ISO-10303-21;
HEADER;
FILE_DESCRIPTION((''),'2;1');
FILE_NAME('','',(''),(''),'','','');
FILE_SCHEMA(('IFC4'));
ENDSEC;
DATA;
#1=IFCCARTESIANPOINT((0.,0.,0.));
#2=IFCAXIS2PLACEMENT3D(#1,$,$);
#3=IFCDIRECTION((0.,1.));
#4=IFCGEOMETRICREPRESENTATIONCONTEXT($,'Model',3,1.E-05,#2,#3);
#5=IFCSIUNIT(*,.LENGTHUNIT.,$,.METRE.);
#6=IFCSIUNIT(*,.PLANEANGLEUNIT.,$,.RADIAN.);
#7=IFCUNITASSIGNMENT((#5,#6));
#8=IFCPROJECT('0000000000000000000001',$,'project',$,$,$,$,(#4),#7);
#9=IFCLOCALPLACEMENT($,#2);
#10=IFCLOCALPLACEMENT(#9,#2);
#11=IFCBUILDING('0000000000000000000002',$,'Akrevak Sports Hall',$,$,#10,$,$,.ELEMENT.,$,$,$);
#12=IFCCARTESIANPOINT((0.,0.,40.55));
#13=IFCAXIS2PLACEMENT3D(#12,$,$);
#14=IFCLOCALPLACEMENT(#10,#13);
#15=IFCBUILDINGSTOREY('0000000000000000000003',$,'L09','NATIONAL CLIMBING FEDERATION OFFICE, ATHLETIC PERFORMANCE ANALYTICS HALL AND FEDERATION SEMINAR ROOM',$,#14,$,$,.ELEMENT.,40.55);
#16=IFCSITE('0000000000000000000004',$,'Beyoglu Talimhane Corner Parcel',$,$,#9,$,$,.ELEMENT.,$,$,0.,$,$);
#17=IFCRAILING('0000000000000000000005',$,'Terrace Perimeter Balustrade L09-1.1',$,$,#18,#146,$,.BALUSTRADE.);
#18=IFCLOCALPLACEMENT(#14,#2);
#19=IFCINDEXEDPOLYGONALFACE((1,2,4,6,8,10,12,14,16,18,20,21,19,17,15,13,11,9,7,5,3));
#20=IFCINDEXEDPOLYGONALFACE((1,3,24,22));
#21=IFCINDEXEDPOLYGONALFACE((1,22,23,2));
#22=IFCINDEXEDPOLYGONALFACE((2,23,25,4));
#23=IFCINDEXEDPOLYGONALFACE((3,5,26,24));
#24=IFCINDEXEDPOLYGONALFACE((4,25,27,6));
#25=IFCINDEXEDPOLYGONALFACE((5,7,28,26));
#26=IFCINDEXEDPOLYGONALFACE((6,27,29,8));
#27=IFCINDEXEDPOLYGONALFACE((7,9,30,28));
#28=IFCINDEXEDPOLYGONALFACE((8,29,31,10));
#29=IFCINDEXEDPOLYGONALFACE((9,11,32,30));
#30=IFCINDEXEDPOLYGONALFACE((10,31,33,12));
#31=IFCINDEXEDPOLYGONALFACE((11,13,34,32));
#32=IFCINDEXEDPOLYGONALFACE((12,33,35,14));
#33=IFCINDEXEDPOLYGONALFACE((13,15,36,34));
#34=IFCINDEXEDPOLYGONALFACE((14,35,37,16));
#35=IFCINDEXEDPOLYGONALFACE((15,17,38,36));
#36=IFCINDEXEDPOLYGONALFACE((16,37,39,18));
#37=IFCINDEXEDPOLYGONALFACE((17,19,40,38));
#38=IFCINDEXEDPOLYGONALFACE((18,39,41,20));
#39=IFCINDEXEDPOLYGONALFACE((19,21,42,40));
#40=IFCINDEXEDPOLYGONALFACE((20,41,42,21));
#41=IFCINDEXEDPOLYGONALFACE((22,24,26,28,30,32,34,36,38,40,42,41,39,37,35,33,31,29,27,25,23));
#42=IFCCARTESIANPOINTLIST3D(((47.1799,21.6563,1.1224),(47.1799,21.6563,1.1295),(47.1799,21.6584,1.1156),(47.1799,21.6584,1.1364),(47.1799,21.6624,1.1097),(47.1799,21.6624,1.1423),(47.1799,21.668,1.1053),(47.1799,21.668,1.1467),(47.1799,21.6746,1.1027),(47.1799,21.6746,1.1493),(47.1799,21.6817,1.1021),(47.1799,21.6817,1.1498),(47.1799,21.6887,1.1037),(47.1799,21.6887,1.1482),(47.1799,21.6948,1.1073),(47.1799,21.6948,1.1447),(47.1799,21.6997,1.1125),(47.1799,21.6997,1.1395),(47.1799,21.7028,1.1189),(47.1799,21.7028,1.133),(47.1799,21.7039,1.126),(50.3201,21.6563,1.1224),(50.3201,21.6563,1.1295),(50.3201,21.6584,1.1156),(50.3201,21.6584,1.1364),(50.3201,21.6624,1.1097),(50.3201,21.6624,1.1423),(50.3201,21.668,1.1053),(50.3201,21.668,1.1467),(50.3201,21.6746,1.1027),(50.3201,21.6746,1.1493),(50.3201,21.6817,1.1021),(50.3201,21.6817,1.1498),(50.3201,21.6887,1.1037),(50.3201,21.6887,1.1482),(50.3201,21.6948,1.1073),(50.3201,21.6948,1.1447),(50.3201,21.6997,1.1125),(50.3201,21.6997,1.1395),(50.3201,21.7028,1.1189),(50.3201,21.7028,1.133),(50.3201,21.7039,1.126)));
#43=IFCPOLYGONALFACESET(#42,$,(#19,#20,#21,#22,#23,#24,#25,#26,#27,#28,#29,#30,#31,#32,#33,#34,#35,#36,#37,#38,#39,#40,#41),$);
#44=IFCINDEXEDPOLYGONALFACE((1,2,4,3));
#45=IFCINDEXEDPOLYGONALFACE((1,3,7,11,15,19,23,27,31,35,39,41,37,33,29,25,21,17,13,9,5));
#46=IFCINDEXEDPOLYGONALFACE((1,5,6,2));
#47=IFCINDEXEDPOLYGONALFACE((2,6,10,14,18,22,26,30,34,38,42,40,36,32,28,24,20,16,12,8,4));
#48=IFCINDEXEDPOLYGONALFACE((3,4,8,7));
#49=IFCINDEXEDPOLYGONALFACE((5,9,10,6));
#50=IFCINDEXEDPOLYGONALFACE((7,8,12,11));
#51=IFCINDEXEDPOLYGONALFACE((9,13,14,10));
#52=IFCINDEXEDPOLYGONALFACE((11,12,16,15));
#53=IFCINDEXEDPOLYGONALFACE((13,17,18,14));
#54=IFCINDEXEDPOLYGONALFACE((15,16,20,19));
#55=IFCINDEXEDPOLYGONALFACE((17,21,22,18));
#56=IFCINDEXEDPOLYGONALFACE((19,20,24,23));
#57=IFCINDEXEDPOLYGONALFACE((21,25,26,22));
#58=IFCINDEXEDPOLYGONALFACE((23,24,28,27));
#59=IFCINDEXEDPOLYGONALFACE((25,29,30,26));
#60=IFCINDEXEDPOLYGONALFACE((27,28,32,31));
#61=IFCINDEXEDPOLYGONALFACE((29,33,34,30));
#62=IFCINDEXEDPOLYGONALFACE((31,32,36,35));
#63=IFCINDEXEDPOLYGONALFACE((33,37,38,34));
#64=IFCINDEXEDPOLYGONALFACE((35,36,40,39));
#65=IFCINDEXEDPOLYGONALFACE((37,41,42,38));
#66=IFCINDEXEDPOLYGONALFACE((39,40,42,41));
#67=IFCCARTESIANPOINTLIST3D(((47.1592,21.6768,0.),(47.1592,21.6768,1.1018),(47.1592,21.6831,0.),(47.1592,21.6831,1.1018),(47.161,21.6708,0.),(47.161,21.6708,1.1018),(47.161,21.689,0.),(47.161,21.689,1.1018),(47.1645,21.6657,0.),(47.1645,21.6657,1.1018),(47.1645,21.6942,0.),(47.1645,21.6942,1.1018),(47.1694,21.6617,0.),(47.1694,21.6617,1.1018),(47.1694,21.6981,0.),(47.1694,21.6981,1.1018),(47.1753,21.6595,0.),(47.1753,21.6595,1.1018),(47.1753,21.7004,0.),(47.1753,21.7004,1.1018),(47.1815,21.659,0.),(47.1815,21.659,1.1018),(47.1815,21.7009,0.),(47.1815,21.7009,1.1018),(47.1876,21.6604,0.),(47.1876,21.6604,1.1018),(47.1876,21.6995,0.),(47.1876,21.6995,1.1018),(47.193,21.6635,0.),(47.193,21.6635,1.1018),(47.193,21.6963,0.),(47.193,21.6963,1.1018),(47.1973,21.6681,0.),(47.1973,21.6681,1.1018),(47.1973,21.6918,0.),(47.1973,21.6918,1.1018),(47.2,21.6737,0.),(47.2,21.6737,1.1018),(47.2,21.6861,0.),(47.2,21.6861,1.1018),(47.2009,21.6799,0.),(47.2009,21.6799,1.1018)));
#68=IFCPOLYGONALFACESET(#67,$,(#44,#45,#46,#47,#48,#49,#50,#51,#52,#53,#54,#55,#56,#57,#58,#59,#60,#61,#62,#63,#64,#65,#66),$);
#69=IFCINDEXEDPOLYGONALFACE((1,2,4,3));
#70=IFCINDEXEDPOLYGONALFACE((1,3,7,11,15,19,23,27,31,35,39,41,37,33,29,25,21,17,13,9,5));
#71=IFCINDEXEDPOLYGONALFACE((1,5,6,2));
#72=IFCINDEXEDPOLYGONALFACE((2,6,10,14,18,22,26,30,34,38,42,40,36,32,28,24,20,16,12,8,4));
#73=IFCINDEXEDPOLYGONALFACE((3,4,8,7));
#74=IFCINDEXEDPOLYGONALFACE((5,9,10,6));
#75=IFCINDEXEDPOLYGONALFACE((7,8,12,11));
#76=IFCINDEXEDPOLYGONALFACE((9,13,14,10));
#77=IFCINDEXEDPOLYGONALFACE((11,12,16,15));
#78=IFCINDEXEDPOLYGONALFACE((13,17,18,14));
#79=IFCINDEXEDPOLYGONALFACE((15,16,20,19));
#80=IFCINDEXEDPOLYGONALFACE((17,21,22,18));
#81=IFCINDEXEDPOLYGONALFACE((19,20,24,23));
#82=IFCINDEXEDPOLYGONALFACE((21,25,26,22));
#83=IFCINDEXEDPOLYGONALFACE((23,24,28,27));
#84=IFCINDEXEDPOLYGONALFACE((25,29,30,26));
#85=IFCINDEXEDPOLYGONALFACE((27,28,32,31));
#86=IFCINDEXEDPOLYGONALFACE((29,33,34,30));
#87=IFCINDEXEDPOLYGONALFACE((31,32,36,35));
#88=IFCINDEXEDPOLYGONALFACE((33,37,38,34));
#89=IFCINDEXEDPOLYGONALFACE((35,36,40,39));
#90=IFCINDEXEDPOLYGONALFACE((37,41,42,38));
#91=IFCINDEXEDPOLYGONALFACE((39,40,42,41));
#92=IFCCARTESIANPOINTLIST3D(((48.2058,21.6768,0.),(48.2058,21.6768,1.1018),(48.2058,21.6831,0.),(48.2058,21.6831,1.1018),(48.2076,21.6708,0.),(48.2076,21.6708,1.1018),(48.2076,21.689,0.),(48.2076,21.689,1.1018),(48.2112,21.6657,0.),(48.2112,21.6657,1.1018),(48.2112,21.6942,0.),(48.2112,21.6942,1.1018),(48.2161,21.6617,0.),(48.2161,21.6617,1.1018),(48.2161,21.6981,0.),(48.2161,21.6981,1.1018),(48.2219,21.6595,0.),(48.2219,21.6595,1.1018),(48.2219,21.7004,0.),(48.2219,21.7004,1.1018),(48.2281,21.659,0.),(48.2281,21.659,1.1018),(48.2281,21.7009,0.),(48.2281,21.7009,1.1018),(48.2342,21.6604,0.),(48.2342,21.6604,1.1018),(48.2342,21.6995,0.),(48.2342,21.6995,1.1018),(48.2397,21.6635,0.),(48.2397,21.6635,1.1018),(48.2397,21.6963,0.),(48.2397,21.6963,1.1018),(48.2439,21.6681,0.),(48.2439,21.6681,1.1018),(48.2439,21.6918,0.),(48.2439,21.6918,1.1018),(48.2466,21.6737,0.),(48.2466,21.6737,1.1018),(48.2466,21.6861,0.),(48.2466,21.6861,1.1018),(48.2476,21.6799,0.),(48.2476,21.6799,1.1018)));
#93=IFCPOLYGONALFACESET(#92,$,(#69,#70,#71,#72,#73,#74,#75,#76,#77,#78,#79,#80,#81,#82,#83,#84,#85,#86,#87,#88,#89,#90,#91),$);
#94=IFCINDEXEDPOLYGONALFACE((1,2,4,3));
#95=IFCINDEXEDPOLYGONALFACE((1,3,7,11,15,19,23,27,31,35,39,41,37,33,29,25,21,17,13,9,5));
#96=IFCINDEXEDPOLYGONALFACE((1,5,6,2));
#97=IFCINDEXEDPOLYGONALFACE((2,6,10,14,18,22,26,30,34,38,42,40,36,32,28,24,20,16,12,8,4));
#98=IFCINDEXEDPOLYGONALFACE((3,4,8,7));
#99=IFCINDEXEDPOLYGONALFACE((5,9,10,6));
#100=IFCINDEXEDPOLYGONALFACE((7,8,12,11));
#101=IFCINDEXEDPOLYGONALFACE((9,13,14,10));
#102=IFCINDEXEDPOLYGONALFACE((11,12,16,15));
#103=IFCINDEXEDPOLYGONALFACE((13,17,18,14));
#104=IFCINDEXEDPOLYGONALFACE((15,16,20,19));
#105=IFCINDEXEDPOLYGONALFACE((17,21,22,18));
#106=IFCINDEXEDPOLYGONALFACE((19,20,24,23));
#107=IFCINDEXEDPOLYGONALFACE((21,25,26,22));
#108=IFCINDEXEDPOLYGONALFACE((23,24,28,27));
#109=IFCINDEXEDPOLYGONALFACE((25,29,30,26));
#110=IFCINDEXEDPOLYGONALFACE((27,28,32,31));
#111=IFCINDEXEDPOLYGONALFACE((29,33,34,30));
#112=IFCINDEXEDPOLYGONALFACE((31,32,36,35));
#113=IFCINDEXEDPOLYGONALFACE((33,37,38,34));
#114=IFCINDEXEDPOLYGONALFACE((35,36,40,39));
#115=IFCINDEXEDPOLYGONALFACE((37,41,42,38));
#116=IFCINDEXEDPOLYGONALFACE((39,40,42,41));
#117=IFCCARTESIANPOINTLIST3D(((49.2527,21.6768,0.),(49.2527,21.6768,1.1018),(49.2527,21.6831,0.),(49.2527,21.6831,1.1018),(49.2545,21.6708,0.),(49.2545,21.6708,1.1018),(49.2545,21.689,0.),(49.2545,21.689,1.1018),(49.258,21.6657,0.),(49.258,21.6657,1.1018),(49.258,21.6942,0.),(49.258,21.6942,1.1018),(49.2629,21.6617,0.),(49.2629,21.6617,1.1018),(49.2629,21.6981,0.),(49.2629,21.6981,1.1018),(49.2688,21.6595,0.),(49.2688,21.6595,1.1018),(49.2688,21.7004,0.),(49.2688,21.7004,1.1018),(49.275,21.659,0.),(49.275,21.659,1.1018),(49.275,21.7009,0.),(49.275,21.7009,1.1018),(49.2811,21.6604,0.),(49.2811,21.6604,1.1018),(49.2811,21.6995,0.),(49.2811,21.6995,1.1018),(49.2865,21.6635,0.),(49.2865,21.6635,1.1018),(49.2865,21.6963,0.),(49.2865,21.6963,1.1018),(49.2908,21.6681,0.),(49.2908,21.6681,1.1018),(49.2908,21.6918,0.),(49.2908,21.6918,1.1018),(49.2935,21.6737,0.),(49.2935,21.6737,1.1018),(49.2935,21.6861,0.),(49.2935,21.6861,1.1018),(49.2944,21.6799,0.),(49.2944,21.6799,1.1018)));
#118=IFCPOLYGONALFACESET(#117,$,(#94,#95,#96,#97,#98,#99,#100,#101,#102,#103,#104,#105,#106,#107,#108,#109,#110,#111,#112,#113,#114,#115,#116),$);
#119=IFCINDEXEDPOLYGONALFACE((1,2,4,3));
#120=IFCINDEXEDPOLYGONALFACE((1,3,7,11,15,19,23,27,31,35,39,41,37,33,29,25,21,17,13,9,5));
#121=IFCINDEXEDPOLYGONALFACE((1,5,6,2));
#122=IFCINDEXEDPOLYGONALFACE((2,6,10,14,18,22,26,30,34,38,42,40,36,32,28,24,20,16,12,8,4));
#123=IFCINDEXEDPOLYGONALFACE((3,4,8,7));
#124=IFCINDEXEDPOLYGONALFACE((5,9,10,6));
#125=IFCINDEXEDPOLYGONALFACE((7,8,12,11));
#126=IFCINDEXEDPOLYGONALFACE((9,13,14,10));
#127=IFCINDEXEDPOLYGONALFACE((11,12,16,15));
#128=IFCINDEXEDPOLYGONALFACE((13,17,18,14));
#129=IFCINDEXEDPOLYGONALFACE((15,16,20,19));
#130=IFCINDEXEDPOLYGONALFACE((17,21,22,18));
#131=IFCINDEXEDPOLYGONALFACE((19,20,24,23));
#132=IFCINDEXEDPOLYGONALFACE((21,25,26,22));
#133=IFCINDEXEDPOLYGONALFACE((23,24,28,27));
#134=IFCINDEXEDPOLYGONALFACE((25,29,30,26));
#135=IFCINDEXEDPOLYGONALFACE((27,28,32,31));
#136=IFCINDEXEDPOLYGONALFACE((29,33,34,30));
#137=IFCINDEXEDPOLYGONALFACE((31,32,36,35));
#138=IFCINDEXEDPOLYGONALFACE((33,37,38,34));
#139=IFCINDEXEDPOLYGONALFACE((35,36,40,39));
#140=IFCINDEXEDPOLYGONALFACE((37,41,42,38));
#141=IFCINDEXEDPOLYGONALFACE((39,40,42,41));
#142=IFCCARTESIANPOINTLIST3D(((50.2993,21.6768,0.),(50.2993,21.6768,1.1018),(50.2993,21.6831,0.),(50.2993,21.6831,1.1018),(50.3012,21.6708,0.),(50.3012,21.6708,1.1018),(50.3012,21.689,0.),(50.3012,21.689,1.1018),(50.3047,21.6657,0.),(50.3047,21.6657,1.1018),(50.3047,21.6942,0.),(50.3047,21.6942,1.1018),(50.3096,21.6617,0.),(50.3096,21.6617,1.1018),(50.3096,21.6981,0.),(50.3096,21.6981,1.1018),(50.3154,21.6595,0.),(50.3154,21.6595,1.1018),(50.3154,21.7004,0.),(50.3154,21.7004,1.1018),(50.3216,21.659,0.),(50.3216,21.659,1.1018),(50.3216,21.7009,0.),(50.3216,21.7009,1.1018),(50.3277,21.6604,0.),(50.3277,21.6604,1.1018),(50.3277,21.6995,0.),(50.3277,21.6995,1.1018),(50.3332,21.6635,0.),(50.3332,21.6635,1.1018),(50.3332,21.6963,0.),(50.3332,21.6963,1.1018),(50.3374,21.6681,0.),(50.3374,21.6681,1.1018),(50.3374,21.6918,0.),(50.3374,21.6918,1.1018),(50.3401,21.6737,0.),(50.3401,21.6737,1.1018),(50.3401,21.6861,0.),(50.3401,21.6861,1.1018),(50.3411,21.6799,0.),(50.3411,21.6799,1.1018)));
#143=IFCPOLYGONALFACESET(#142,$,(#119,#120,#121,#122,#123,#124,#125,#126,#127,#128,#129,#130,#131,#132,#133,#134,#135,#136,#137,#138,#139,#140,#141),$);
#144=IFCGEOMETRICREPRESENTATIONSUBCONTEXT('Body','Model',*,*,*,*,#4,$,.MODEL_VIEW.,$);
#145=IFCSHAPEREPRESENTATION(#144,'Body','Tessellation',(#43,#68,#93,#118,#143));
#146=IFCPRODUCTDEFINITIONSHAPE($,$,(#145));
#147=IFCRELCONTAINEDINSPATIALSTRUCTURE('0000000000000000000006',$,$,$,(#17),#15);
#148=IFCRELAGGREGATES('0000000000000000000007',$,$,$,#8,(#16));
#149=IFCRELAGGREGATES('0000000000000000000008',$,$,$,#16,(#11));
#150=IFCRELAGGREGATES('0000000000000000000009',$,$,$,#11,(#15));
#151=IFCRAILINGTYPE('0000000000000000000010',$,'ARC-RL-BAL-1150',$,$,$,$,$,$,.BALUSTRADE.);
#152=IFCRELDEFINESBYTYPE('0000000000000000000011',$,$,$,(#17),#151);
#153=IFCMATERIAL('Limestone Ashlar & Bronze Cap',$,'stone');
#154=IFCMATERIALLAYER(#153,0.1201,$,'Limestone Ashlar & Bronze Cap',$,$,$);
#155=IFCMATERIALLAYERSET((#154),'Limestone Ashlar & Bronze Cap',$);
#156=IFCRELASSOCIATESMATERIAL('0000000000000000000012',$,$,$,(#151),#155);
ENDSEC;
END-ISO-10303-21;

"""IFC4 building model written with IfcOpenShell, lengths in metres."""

from ifc_helpers import new_model, si_unit, direction, frame, origin, origin_2d, place, context, subcontext, project, spatial, circle, extrude, material, layer, layer_set, type_object, element, save


model = new_model("IFC4")

# Units and contexts
model_context = context("Model", 3, precision=1e-05, world=origin(), true_north=direction((0.0, 1.0)))
body_context = subcontext(model_context, "Body", "Model", "MODEL_VIEW")
ifc_project = project(units=[si_unit("LENGTHUNIT", "METRE"), si_unit("PLANEANGLEUNIT", "RADIAN")], contexts=[model_context])

# Site, building, storey
site_placement = place(None, origin())
site = spatial("IfcSite", under=ifc_project, at=site_placement, Name="Beyoglu Talimhane Corner Parcel", CompositionType="ELEMENT", RefElevation=0.0)
building_placement = place(site_placement, origin())
building = spatial("IfcBuilding", under=site, at=building_placement, Name="Akrevak Sports Hall", CompositionType="ELEMENT")
storey_placement = place(building_placement, frame((0.0, 0.0, 40.55)))
storey = spatial("IfcBuildingStorey", under=building, at=storey_placement, Name="L09", Description="NATIONAL CLIMBING FEDERATION OFFICE, ATHLETIC PERFORMANCE ANALYTICS HALL AND FEDERATION SEMINAR ROOM", CompositionType="ELEMENT", Elevation=40.55)

# Railing
ifc_material_1 = material(Name="Limestone Ashlar & Bronze Cap", Category="stone")
ifc_layer_1 = layer(ifc_material_1, 0.1201, Name="Limestone Ashlar & Bronze Cap")
ifc_layer_set_1 = layer_set([ifc_layer_1], Name="Limestone Ashlar & Bronze Cap")
railing_type = type_object("IfcRailingType", Name="ARC-RL-BAL-1150", PredefinedType="BALUSTRADE", material=ifc_layer_set_1)
railing_1_placement = place(storey_placement, frame((47.1799, 21.6799, 0.0)))
element("IfcRailing", 1, at=railing_1_placement, inside=storey, type_object=railing_type, Name="Terrace Perimeter Balustrade L09-1.1", PredefinedType="BALUSTRADE", context=body_context, shape_type="SweptSolid", body=[
    extrude(circle(Radius=0.0239, at=origin_2d()), frame((0.0, 0.0, 1.126), z_axis=(1.0, 0.0, 0.0), x_axis=(0.0, 1.0, 0.0)), (0.0, 0.0, 1.0), 3.1401),
    extrude(circle(Radius=0.021, at=origin_2d()), origin(), (0.0, 0.0, 1.0), 1.1018),
    extrude(circle(Radius=0.021, at=origin_2d()), frame((1.0466, 0.0, 0.0)), (0.0, 0.0, 1.0), 1.1018),
    extrude(circle(Radius=0.021, at=origin_2d()), frame((2.0935, 0.0, 0.0)), (0.0, 0.0, 1.0), 1.1018),
    extrude(circle(Radius=0.021, at=origin_2d()), frame((3.1401, 0.0, 0.0)), (0.0, 0.0, 1.0), 1.1018),
])

save(model, "model.ifc")
